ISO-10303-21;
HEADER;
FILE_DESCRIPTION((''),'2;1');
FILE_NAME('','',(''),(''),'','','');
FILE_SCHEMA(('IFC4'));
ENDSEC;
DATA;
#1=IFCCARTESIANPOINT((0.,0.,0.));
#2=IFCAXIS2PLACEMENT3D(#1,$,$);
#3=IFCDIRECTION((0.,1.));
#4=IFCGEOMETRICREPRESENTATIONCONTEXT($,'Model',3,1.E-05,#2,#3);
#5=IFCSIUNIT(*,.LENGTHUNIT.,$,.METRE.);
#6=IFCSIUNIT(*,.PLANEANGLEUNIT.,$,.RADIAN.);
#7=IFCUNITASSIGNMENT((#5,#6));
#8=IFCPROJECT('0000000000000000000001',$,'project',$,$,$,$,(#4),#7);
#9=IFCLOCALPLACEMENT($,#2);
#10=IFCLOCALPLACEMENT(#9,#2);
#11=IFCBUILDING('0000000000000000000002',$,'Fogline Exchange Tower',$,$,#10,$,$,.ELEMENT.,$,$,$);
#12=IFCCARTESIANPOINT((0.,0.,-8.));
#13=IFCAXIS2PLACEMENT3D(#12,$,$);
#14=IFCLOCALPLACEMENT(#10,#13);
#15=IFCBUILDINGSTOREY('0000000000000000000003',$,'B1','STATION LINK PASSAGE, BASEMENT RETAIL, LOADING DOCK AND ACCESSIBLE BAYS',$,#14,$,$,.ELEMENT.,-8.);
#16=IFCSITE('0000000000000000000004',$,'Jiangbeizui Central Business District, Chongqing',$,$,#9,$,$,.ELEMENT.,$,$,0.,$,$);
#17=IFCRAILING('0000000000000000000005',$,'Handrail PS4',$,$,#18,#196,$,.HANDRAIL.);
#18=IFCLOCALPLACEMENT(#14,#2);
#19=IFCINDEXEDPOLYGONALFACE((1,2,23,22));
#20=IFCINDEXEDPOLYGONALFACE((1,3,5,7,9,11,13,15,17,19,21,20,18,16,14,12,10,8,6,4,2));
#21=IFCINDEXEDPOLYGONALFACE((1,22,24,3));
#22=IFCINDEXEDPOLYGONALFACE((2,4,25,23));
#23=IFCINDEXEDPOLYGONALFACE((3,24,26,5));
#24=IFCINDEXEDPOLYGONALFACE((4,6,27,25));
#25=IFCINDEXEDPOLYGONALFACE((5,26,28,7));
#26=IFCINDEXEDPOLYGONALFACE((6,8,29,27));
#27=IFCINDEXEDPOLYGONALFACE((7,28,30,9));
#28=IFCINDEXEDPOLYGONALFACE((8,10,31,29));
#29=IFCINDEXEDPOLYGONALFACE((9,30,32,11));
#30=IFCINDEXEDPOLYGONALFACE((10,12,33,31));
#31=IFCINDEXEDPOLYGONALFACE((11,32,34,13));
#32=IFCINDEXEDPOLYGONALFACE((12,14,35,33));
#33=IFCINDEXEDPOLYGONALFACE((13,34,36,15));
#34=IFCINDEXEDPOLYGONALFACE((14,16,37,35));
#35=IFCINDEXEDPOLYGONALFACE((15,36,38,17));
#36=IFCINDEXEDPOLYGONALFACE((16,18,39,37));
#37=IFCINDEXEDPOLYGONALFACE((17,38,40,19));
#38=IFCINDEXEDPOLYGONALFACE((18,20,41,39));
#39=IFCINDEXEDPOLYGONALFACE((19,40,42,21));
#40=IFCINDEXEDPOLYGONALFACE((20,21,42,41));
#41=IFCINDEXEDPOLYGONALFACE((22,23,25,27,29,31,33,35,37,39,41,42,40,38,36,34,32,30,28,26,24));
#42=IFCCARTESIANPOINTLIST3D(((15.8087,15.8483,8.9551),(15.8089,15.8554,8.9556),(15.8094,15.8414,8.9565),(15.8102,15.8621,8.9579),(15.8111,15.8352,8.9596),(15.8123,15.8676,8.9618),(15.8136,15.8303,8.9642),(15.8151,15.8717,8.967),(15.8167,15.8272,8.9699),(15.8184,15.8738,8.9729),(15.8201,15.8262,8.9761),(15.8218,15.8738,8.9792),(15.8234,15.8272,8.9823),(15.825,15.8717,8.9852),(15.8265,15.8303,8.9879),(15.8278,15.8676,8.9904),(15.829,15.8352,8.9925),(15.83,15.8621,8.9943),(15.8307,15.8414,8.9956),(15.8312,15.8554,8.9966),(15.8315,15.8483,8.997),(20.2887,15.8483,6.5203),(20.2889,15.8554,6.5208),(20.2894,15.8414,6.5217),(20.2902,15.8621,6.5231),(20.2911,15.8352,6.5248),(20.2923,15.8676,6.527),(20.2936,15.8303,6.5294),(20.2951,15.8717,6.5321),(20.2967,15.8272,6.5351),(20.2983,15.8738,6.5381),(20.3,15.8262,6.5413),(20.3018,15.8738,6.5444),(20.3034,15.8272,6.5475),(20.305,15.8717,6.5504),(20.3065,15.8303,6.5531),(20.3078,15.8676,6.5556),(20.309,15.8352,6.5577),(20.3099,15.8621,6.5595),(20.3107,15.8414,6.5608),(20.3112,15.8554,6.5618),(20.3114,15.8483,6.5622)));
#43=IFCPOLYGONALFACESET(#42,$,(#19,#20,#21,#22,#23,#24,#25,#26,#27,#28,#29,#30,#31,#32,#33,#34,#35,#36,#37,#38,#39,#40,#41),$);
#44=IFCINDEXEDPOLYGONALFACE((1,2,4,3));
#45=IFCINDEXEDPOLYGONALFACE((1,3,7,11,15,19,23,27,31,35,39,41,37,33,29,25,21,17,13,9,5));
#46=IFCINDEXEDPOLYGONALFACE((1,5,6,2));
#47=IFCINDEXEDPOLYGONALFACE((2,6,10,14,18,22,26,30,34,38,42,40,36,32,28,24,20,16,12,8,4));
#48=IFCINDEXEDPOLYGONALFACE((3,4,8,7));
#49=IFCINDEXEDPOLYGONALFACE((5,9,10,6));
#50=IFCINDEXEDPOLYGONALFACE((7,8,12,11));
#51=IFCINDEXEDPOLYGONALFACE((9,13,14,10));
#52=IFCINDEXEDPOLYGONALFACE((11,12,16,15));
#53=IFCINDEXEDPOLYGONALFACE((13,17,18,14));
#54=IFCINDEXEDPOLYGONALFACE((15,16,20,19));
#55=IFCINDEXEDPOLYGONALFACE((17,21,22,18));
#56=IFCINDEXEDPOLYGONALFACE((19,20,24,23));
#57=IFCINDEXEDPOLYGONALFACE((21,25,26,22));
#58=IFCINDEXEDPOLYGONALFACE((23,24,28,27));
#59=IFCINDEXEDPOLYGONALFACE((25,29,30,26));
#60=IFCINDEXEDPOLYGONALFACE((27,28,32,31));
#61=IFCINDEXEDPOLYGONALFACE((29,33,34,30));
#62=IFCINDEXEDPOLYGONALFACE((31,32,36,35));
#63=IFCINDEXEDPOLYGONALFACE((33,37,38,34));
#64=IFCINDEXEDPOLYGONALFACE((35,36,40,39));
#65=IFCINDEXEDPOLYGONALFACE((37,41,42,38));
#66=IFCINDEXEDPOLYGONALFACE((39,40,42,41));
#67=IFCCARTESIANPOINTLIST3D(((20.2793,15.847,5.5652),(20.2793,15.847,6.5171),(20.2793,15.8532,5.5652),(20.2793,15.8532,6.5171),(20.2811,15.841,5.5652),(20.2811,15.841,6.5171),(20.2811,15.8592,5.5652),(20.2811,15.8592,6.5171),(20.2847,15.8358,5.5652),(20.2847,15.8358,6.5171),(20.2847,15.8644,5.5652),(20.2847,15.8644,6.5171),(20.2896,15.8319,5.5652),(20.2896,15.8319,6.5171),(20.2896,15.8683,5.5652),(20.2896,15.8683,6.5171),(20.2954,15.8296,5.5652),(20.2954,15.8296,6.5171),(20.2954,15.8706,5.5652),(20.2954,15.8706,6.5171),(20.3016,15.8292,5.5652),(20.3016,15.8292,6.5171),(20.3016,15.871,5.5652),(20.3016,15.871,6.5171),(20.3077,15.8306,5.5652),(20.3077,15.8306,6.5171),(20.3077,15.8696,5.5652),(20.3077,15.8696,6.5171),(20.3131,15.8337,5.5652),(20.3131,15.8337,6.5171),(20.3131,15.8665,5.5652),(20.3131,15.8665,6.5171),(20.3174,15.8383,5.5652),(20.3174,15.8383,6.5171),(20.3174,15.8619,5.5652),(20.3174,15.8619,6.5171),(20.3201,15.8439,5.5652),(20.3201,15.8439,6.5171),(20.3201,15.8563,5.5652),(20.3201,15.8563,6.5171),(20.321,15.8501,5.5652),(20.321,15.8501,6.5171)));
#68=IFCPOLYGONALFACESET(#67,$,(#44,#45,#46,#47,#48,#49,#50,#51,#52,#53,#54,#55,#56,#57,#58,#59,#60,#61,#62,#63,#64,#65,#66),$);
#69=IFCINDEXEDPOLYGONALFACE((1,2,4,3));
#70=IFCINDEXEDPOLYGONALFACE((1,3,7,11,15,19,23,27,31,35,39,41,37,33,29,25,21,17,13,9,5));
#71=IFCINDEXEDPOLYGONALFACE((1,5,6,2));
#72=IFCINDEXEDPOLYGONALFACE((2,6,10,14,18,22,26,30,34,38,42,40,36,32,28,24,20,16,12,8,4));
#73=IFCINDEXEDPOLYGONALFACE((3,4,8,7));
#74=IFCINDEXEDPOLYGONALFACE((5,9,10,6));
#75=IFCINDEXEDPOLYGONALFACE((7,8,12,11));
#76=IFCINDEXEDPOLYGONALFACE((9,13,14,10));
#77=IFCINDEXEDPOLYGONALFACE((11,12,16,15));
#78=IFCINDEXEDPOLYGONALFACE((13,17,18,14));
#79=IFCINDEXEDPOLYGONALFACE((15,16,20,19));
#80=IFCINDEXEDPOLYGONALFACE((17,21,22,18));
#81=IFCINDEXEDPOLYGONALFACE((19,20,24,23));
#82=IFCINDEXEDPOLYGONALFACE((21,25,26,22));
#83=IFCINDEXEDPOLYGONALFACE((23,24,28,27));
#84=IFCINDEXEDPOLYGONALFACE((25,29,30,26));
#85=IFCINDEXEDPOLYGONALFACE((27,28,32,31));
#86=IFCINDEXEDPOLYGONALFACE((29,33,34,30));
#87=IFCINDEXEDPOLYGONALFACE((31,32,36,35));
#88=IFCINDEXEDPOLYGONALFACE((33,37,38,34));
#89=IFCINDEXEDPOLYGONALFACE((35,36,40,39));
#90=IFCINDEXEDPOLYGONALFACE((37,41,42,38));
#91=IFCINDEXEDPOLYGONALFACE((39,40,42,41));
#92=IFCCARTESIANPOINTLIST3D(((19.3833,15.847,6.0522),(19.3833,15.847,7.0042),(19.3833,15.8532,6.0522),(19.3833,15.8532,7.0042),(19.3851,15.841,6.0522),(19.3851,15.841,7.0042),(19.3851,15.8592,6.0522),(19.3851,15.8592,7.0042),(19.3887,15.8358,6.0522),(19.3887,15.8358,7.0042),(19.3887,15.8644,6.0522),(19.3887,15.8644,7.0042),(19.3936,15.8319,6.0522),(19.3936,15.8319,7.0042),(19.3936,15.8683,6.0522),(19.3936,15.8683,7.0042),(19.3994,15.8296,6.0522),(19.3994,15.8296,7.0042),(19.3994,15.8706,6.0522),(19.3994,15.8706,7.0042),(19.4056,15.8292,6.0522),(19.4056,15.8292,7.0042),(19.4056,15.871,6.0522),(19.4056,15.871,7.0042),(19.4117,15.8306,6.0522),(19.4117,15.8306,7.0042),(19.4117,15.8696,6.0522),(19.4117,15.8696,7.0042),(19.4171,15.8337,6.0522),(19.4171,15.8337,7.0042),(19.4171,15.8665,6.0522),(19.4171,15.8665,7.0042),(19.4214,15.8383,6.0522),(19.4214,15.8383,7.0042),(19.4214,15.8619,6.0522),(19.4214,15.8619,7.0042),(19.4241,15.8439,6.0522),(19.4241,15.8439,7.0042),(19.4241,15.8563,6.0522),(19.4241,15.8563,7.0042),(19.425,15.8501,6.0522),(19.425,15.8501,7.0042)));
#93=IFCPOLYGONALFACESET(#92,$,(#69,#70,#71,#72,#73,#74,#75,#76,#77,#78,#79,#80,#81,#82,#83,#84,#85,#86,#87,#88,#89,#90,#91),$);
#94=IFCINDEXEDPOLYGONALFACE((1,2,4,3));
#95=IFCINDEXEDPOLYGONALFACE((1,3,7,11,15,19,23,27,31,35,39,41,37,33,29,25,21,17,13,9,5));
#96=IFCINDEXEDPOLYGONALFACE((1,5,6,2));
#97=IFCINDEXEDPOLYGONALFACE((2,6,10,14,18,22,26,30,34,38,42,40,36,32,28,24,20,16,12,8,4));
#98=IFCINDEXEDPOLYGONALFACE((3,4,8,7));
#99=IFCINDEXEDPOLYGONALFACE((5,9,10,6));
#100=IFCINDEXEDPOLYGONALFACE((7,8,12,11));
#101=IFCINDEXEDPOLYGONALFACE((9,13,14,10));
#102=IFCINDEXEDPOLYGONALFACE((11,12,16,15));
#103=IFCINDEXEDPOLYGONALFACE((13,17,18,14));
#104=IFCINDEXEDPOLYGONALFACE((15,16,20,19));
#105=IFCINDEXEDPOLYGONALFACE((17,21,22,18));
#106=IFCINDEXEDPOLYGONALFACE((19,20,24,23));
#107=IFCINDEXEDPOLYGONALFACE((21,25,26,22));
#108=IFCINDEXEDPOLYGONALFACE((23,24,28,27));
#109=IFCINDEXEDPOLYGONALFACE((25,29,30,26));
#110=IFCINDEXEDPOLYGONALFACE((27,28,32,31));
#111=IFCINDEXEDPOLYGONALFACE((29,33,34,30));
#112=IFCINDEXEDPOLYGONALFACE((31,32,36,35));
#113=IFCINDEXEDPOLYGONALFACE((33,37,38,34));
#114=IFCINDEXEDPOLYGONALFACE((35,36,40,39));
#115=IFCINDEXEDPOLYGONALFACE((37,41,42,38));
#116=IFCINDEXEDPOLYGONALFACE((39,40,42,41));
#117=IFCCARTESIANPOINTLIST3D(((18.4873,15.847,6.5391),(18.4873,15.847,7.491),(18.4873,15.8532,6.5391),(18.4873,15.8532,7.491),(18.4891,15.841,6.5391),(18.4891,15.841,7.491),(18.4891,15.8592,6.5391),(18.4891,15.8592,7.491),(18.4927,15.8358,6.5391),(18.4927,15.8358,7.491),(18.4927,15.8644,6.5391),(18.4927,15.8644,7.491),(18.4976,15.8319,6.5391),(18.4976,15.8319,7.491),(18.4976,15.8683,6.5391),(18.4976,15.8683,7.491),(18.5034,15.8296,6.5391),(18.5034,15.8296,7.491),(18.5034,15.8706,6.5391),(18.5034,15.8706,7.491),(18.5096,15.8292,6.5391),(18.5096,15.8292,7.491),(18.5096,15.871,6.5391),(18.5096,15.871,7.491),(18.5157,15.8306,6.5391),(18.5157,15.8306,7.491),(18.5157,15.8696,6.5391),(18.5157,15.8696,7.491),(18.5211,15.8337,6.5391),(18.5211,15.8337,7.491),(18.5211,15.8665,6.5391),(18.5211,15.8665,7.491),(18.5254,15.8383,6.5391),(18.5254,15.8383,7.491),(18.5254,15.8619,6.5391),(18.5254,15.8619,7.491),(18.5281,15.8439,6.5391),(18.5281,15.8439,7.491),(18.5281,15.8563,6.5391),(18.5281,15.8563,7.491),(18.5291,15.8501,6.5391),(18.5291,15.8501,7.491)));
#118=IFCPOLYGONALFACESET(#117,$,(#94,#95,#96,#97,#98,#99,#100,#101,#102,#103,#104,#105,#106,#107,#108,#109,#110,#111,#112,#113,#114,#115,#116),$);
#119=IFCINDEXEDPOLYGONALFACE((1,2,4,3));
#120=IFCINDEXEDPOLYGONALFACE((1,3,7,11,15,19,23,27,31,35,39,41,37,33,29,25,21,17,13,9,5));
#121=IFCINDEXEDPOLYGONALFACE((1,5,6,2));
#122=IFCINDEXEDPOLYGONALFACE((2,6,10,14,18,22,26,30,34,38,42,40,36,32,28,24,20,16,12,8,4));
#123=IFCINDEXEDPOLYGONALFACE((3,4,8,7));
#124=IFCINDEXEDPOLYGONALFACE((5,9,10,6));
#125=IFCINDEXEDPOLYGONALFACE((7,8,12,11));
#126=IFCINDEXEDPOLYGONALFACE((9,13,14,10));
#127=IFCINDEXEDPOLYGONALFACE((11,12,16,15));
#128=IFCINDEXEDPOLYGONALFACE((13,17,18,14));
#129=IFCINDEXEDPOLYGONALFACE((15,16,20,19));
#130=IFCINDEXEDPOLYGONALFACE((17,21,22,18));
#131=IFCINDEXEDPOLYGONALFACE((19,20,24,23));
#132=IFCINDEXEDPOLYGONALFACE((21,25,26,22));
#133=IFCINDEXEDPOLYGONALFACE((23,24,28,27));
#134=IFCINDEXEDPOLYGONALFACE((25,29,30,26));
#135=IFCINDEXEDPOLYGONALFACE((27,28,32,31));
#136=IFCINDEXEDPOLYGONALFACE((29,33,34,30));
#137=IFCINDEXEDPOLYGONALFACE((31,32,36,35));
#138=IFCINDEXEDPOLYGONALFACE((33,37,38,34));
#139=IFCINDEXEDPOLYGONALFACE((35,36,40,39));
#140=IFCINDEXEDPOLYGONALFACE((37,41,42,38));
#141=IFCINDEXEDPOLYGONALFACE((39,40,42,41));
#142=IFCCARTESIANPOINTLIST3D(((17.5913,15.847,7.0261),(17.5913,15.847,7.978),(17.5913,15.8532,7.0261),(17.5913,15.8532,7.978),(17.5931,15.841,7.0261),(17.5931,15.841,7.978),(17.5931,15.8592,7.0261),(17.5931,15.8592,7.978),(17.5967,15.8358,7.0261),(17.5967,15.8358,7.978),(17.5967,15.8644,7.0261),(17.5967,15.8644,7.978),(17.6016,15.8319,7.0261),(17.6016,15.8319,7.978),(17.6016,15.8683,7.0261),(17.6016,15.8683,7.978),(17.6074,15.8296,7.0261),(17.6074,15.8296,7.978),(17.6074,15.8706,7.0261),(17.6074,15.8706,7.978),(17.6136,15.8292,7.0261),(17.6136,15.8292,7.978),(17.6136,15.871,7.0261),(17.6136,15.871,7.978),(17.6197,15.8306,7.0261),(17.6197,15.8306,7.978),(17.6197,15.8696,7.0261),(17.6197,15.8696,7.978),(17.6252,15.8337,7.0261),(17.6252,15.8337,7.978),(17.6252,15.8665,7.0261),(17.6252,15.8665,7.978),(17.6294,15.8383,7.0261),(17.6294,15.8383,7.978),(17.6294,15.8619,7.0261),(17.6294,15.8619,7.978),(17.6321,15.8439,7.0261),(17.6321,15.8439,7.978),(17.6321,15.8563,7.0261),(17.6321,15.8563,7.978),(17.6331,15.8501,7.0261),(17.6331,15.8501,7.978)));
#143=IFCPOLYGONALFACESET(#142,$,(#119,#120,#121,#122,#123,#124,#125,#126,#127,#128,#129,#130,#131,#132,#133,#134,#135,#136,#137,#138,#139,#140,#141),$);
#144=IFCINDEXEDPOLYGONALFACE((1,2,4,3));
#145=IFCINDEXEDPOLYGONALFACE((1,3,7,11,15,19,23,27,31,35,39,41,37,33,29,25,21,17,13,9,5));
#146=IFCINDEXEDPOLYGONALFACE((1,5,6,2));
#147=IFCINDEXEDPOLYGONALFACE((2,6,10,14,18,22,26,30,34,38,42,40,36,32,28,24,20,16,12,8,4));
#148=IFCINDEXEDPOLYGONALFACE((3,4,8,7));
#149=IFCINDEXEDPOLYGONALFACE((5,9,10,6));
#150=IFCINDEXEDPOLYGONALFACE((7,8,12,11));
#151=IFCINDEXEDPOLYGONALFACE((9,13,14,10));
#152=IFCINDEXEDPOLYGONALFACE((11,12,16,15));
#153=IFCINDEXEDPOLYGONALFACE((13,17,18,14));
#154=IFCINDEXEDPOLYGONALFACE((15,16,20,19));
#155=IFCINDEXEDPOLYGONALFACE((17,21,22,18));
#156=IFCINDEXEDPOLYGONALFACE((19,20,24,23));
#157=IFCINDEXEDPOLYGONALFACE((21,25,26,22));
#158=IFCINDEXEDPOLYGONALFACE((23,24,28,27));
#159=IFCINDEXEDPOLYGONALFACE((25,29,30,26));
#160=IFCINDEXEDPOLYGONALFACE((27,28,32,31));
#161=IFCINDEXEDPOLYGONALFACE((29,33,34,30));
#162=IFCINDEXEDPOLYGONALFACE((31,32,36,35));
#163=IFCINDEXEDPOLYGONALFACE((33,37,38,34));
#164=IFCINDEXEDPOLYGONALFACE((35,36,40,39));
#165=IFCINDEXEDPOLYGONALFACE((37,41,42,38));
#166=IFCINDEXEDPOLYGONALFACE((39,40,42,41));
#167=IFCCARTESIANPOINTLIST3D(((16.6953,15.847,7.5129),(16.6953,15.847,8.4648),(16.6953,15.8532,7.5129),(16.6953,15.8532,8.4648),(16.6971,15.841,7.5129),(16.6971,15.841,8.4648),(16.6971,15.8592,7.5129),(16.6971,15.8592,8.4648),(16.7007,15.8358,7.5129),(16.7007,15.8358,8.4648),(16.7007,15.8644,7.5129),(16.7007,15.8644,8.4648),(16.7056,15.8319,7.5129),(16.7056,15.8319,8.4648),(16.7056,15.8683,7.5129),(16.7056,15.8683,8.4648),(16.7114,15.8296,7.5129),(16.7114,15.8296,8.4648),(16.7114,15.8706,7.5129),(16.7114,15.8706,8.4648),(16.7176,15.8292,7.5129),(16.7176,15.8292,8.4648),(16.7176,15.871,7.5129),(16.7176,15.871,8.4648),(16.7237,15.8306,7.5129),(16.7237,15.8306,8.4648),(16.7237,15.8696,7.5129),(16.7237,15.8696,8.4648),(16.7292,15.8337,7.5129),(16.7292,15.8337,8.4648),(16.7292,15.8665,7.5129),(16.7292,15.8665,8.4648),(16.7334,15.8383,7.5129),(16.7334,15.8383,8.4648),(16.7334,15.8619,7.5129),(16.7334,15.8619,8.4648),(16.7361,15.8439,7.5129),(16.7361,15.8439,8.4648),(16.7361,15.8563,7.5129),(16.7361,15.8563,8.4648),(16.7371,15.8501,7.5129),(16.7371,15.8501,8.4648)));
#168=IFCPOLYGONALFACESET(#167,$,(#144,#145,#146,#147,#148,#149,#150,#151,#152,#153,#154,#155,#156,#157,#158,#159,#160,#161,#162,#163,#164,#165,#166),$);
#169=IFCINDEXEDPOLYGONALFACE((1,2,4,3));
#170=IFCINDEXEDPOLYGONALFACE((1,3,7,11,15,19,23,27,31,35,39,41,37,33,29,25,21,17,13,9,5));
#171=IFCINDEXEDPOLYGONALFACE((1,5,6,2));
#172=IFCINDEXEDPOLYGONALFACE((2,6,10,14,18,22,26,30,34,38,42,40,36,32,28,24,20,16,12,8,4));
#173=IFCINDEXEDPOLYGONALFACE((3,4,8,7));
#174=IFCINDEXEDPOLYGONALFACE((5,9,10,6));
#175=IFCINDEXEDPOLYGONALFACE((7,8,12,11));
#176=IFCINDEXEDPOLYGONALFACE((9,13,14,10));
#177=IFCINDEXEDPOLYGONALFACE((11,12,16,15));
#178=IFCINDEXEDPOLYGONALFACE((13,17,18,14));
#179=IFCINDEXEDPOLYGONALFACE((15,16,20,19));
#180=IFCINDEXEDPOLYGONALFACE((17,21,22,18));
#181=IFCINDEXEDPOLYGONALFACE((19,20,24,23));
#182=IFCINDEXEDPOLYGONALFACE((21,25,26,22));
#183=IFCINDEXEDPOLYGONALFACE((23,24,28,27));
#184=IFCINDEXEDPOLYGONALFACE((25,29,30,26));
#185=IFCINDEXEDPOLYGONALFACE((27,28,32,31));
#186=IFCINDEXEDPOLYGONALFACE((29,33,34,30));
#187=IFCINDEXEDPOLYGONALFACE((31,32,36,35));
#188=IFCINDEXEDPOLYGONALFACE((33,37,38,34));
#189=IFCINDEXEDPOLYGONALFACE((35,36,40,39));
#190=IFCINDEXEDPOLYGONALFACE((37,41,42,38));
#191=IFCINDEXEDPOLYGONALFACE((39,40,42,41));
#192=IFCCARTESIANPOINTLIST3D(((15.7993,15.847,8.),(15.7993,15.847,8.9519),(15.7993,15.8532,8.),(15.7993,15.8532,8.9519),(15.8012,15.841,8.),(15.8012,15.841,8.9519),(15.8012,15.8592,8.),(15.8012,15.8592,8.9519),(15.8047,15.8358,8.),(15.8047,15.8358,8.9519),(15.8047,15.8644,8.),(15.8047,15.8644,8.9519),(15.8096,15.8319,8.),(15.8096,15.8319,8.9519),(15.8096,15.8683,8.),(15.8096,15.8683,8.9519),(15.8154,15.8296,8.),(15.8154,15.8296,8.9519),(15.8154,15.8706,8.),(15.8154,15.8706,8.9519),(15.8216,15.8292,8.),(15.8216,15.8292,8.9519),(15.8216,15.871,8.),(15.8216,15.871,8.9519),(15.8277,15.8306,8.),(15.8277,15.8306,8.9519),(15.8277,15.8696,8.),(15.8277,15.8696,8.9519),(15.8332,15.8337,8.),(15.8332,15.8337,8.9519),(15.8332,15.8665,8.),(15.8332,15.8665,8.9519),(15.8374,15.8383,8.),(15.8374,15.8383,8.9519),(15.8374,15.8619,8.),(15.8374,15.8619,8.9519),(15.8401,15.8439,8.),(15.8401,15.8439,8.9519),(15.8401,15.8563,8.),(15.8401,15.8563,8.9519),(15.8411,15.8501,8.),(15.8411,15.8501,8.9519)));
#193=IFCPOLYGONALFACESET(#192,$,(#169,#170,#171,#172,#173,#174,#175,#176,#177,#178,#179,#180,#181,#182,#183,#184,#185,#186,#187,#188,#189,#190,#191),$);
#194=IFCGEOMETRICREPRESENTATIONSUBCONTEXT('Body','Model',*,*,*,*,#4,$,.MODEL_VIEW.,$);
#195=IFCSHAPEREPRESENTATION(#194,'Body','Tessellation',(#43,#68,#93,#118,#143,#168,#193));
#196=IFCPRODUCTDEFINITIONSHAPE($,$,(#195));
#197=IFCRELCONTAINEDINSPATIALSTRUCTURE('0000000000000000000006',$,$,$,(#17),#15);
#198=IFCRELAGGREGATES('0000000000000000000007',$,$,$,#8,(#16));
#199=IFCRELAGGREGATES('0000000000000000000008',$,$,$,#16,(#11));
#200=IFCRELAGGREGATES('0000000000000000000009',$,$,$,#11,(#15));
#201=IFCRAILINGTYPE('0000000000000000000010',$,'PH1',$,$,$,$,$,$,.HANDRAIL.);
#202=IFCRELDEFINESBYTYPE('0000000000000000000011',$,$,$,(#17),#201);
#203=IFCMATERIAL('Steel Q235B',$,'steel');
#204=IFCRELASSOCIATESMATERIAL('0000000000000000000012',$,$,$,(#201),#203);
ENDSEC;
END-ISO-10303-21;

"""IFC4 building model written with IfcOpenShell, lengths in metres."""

from ifc_helpers import new_model, si_unit, direction, frame, origin, origin_2d, place, context, subcontext, project, spatial, circle, extrude, material, type_object, element, save


model = new_model("IFC4")

# Units and contexts
model_context = context("Model", 3, precision=1e-05, world=origin(), true_north=direction((0.0, 1.0)))
body_context = subcontext(model_context, "Body", "Model", "MODEL_VIEW")
ifc_project = project(units=[si_unit("LENGTHUNIT", "METRE"), si_unit("PLANEANGLEUNIT", "RADIAN")], contexts=[model_context])

# Site, building, storey
site_placement = place(None, origin())
site = spatial("IfcSite", under=ifc_project, at=site_placement, Name="Jiangbeizui Central Business District, Chongqing", CompositionType="ELEMENT", RefElevation=0.0)
building_placement = place(site_placement, origin())
building = spatial("IfcBuilding", under=site, at=building_placement, Name="Fogline Exchange Tower", CompositionType="ELEMENT")
storey_placement = place(building_placement, frame((0.0, 0.0, -8.0)))
storey = spatial("IfcBuildingStorey", under=building, at=storey_placement, Name="B1", Description="STATION LINK PASSAGE, BASEMENT RETAIL, LOADING DOCK AND ACCESSIBLE BAYS", CompositionType="ELEMENT", Elevation=-8.0)

# Railing
ifc_material_1 = material(Name="Steel Q235B", Category="steel")
railing_type_1 = type_object("IfcRailingType", Name="PH1", PredefinedType="HANDRAIL", material=ifc_material_1)
railing_1_placement = place(storey_placement, frame((20.3, 15.8501, 5.5652)))
element("IfcRailing", 1, at=railing_1_placement, inside=storey, type_object=railing_type_1, Name="Handrail PS4", PredefinedType="HANDRAIL", context=body_context, shape_type="SweptSolid", body=[
    extrude(circle(Radius=0.0239, at=origin_2d()), frame((0.0, 0.0, 0.9761), z_axis=(-0.878621, 0.0, 0.47752), x_axis=(0.0, -1.0, 0.0)), (0.0, 0.0, 1.0), 5.0989),
    extrude(circle(Radius=0.021, at=origin_2d()), origin(), (0.0, 0.0, 1.0), 0.9519),
    extrude(circle(Radius=0.021, at=origin_2d()), frame((-0.896, 0.0, 0.4871)), (0.0, 0.0, 1.0), 0.9519),
    extrude(circle(Radius=0.021, at=origin_2d()), frame((-1.792, 0.0, 0.9739)), (0.0, 0.0, 1.0), 0.9519),
    extrude(circle(Radius=0.021, at=origin_2d()), frame((-2.688, 0.0, 1.4609)), (0.0, 0.0, 1.0), 0.9519),
    extrude(circle(Radius=0.021, at=origin_2d()), frame((-3.584, 0.0, 1.9478)), (0.0, 0.0, 1.0), 0.9519),
    extrude(circle(Radius=0.021, at=origin_2d()), frame((-4.48, 0.0, 2.4348)), (0.0, 0.0, 1.0), 0.9519),
])

save(model, "model.ifc")
